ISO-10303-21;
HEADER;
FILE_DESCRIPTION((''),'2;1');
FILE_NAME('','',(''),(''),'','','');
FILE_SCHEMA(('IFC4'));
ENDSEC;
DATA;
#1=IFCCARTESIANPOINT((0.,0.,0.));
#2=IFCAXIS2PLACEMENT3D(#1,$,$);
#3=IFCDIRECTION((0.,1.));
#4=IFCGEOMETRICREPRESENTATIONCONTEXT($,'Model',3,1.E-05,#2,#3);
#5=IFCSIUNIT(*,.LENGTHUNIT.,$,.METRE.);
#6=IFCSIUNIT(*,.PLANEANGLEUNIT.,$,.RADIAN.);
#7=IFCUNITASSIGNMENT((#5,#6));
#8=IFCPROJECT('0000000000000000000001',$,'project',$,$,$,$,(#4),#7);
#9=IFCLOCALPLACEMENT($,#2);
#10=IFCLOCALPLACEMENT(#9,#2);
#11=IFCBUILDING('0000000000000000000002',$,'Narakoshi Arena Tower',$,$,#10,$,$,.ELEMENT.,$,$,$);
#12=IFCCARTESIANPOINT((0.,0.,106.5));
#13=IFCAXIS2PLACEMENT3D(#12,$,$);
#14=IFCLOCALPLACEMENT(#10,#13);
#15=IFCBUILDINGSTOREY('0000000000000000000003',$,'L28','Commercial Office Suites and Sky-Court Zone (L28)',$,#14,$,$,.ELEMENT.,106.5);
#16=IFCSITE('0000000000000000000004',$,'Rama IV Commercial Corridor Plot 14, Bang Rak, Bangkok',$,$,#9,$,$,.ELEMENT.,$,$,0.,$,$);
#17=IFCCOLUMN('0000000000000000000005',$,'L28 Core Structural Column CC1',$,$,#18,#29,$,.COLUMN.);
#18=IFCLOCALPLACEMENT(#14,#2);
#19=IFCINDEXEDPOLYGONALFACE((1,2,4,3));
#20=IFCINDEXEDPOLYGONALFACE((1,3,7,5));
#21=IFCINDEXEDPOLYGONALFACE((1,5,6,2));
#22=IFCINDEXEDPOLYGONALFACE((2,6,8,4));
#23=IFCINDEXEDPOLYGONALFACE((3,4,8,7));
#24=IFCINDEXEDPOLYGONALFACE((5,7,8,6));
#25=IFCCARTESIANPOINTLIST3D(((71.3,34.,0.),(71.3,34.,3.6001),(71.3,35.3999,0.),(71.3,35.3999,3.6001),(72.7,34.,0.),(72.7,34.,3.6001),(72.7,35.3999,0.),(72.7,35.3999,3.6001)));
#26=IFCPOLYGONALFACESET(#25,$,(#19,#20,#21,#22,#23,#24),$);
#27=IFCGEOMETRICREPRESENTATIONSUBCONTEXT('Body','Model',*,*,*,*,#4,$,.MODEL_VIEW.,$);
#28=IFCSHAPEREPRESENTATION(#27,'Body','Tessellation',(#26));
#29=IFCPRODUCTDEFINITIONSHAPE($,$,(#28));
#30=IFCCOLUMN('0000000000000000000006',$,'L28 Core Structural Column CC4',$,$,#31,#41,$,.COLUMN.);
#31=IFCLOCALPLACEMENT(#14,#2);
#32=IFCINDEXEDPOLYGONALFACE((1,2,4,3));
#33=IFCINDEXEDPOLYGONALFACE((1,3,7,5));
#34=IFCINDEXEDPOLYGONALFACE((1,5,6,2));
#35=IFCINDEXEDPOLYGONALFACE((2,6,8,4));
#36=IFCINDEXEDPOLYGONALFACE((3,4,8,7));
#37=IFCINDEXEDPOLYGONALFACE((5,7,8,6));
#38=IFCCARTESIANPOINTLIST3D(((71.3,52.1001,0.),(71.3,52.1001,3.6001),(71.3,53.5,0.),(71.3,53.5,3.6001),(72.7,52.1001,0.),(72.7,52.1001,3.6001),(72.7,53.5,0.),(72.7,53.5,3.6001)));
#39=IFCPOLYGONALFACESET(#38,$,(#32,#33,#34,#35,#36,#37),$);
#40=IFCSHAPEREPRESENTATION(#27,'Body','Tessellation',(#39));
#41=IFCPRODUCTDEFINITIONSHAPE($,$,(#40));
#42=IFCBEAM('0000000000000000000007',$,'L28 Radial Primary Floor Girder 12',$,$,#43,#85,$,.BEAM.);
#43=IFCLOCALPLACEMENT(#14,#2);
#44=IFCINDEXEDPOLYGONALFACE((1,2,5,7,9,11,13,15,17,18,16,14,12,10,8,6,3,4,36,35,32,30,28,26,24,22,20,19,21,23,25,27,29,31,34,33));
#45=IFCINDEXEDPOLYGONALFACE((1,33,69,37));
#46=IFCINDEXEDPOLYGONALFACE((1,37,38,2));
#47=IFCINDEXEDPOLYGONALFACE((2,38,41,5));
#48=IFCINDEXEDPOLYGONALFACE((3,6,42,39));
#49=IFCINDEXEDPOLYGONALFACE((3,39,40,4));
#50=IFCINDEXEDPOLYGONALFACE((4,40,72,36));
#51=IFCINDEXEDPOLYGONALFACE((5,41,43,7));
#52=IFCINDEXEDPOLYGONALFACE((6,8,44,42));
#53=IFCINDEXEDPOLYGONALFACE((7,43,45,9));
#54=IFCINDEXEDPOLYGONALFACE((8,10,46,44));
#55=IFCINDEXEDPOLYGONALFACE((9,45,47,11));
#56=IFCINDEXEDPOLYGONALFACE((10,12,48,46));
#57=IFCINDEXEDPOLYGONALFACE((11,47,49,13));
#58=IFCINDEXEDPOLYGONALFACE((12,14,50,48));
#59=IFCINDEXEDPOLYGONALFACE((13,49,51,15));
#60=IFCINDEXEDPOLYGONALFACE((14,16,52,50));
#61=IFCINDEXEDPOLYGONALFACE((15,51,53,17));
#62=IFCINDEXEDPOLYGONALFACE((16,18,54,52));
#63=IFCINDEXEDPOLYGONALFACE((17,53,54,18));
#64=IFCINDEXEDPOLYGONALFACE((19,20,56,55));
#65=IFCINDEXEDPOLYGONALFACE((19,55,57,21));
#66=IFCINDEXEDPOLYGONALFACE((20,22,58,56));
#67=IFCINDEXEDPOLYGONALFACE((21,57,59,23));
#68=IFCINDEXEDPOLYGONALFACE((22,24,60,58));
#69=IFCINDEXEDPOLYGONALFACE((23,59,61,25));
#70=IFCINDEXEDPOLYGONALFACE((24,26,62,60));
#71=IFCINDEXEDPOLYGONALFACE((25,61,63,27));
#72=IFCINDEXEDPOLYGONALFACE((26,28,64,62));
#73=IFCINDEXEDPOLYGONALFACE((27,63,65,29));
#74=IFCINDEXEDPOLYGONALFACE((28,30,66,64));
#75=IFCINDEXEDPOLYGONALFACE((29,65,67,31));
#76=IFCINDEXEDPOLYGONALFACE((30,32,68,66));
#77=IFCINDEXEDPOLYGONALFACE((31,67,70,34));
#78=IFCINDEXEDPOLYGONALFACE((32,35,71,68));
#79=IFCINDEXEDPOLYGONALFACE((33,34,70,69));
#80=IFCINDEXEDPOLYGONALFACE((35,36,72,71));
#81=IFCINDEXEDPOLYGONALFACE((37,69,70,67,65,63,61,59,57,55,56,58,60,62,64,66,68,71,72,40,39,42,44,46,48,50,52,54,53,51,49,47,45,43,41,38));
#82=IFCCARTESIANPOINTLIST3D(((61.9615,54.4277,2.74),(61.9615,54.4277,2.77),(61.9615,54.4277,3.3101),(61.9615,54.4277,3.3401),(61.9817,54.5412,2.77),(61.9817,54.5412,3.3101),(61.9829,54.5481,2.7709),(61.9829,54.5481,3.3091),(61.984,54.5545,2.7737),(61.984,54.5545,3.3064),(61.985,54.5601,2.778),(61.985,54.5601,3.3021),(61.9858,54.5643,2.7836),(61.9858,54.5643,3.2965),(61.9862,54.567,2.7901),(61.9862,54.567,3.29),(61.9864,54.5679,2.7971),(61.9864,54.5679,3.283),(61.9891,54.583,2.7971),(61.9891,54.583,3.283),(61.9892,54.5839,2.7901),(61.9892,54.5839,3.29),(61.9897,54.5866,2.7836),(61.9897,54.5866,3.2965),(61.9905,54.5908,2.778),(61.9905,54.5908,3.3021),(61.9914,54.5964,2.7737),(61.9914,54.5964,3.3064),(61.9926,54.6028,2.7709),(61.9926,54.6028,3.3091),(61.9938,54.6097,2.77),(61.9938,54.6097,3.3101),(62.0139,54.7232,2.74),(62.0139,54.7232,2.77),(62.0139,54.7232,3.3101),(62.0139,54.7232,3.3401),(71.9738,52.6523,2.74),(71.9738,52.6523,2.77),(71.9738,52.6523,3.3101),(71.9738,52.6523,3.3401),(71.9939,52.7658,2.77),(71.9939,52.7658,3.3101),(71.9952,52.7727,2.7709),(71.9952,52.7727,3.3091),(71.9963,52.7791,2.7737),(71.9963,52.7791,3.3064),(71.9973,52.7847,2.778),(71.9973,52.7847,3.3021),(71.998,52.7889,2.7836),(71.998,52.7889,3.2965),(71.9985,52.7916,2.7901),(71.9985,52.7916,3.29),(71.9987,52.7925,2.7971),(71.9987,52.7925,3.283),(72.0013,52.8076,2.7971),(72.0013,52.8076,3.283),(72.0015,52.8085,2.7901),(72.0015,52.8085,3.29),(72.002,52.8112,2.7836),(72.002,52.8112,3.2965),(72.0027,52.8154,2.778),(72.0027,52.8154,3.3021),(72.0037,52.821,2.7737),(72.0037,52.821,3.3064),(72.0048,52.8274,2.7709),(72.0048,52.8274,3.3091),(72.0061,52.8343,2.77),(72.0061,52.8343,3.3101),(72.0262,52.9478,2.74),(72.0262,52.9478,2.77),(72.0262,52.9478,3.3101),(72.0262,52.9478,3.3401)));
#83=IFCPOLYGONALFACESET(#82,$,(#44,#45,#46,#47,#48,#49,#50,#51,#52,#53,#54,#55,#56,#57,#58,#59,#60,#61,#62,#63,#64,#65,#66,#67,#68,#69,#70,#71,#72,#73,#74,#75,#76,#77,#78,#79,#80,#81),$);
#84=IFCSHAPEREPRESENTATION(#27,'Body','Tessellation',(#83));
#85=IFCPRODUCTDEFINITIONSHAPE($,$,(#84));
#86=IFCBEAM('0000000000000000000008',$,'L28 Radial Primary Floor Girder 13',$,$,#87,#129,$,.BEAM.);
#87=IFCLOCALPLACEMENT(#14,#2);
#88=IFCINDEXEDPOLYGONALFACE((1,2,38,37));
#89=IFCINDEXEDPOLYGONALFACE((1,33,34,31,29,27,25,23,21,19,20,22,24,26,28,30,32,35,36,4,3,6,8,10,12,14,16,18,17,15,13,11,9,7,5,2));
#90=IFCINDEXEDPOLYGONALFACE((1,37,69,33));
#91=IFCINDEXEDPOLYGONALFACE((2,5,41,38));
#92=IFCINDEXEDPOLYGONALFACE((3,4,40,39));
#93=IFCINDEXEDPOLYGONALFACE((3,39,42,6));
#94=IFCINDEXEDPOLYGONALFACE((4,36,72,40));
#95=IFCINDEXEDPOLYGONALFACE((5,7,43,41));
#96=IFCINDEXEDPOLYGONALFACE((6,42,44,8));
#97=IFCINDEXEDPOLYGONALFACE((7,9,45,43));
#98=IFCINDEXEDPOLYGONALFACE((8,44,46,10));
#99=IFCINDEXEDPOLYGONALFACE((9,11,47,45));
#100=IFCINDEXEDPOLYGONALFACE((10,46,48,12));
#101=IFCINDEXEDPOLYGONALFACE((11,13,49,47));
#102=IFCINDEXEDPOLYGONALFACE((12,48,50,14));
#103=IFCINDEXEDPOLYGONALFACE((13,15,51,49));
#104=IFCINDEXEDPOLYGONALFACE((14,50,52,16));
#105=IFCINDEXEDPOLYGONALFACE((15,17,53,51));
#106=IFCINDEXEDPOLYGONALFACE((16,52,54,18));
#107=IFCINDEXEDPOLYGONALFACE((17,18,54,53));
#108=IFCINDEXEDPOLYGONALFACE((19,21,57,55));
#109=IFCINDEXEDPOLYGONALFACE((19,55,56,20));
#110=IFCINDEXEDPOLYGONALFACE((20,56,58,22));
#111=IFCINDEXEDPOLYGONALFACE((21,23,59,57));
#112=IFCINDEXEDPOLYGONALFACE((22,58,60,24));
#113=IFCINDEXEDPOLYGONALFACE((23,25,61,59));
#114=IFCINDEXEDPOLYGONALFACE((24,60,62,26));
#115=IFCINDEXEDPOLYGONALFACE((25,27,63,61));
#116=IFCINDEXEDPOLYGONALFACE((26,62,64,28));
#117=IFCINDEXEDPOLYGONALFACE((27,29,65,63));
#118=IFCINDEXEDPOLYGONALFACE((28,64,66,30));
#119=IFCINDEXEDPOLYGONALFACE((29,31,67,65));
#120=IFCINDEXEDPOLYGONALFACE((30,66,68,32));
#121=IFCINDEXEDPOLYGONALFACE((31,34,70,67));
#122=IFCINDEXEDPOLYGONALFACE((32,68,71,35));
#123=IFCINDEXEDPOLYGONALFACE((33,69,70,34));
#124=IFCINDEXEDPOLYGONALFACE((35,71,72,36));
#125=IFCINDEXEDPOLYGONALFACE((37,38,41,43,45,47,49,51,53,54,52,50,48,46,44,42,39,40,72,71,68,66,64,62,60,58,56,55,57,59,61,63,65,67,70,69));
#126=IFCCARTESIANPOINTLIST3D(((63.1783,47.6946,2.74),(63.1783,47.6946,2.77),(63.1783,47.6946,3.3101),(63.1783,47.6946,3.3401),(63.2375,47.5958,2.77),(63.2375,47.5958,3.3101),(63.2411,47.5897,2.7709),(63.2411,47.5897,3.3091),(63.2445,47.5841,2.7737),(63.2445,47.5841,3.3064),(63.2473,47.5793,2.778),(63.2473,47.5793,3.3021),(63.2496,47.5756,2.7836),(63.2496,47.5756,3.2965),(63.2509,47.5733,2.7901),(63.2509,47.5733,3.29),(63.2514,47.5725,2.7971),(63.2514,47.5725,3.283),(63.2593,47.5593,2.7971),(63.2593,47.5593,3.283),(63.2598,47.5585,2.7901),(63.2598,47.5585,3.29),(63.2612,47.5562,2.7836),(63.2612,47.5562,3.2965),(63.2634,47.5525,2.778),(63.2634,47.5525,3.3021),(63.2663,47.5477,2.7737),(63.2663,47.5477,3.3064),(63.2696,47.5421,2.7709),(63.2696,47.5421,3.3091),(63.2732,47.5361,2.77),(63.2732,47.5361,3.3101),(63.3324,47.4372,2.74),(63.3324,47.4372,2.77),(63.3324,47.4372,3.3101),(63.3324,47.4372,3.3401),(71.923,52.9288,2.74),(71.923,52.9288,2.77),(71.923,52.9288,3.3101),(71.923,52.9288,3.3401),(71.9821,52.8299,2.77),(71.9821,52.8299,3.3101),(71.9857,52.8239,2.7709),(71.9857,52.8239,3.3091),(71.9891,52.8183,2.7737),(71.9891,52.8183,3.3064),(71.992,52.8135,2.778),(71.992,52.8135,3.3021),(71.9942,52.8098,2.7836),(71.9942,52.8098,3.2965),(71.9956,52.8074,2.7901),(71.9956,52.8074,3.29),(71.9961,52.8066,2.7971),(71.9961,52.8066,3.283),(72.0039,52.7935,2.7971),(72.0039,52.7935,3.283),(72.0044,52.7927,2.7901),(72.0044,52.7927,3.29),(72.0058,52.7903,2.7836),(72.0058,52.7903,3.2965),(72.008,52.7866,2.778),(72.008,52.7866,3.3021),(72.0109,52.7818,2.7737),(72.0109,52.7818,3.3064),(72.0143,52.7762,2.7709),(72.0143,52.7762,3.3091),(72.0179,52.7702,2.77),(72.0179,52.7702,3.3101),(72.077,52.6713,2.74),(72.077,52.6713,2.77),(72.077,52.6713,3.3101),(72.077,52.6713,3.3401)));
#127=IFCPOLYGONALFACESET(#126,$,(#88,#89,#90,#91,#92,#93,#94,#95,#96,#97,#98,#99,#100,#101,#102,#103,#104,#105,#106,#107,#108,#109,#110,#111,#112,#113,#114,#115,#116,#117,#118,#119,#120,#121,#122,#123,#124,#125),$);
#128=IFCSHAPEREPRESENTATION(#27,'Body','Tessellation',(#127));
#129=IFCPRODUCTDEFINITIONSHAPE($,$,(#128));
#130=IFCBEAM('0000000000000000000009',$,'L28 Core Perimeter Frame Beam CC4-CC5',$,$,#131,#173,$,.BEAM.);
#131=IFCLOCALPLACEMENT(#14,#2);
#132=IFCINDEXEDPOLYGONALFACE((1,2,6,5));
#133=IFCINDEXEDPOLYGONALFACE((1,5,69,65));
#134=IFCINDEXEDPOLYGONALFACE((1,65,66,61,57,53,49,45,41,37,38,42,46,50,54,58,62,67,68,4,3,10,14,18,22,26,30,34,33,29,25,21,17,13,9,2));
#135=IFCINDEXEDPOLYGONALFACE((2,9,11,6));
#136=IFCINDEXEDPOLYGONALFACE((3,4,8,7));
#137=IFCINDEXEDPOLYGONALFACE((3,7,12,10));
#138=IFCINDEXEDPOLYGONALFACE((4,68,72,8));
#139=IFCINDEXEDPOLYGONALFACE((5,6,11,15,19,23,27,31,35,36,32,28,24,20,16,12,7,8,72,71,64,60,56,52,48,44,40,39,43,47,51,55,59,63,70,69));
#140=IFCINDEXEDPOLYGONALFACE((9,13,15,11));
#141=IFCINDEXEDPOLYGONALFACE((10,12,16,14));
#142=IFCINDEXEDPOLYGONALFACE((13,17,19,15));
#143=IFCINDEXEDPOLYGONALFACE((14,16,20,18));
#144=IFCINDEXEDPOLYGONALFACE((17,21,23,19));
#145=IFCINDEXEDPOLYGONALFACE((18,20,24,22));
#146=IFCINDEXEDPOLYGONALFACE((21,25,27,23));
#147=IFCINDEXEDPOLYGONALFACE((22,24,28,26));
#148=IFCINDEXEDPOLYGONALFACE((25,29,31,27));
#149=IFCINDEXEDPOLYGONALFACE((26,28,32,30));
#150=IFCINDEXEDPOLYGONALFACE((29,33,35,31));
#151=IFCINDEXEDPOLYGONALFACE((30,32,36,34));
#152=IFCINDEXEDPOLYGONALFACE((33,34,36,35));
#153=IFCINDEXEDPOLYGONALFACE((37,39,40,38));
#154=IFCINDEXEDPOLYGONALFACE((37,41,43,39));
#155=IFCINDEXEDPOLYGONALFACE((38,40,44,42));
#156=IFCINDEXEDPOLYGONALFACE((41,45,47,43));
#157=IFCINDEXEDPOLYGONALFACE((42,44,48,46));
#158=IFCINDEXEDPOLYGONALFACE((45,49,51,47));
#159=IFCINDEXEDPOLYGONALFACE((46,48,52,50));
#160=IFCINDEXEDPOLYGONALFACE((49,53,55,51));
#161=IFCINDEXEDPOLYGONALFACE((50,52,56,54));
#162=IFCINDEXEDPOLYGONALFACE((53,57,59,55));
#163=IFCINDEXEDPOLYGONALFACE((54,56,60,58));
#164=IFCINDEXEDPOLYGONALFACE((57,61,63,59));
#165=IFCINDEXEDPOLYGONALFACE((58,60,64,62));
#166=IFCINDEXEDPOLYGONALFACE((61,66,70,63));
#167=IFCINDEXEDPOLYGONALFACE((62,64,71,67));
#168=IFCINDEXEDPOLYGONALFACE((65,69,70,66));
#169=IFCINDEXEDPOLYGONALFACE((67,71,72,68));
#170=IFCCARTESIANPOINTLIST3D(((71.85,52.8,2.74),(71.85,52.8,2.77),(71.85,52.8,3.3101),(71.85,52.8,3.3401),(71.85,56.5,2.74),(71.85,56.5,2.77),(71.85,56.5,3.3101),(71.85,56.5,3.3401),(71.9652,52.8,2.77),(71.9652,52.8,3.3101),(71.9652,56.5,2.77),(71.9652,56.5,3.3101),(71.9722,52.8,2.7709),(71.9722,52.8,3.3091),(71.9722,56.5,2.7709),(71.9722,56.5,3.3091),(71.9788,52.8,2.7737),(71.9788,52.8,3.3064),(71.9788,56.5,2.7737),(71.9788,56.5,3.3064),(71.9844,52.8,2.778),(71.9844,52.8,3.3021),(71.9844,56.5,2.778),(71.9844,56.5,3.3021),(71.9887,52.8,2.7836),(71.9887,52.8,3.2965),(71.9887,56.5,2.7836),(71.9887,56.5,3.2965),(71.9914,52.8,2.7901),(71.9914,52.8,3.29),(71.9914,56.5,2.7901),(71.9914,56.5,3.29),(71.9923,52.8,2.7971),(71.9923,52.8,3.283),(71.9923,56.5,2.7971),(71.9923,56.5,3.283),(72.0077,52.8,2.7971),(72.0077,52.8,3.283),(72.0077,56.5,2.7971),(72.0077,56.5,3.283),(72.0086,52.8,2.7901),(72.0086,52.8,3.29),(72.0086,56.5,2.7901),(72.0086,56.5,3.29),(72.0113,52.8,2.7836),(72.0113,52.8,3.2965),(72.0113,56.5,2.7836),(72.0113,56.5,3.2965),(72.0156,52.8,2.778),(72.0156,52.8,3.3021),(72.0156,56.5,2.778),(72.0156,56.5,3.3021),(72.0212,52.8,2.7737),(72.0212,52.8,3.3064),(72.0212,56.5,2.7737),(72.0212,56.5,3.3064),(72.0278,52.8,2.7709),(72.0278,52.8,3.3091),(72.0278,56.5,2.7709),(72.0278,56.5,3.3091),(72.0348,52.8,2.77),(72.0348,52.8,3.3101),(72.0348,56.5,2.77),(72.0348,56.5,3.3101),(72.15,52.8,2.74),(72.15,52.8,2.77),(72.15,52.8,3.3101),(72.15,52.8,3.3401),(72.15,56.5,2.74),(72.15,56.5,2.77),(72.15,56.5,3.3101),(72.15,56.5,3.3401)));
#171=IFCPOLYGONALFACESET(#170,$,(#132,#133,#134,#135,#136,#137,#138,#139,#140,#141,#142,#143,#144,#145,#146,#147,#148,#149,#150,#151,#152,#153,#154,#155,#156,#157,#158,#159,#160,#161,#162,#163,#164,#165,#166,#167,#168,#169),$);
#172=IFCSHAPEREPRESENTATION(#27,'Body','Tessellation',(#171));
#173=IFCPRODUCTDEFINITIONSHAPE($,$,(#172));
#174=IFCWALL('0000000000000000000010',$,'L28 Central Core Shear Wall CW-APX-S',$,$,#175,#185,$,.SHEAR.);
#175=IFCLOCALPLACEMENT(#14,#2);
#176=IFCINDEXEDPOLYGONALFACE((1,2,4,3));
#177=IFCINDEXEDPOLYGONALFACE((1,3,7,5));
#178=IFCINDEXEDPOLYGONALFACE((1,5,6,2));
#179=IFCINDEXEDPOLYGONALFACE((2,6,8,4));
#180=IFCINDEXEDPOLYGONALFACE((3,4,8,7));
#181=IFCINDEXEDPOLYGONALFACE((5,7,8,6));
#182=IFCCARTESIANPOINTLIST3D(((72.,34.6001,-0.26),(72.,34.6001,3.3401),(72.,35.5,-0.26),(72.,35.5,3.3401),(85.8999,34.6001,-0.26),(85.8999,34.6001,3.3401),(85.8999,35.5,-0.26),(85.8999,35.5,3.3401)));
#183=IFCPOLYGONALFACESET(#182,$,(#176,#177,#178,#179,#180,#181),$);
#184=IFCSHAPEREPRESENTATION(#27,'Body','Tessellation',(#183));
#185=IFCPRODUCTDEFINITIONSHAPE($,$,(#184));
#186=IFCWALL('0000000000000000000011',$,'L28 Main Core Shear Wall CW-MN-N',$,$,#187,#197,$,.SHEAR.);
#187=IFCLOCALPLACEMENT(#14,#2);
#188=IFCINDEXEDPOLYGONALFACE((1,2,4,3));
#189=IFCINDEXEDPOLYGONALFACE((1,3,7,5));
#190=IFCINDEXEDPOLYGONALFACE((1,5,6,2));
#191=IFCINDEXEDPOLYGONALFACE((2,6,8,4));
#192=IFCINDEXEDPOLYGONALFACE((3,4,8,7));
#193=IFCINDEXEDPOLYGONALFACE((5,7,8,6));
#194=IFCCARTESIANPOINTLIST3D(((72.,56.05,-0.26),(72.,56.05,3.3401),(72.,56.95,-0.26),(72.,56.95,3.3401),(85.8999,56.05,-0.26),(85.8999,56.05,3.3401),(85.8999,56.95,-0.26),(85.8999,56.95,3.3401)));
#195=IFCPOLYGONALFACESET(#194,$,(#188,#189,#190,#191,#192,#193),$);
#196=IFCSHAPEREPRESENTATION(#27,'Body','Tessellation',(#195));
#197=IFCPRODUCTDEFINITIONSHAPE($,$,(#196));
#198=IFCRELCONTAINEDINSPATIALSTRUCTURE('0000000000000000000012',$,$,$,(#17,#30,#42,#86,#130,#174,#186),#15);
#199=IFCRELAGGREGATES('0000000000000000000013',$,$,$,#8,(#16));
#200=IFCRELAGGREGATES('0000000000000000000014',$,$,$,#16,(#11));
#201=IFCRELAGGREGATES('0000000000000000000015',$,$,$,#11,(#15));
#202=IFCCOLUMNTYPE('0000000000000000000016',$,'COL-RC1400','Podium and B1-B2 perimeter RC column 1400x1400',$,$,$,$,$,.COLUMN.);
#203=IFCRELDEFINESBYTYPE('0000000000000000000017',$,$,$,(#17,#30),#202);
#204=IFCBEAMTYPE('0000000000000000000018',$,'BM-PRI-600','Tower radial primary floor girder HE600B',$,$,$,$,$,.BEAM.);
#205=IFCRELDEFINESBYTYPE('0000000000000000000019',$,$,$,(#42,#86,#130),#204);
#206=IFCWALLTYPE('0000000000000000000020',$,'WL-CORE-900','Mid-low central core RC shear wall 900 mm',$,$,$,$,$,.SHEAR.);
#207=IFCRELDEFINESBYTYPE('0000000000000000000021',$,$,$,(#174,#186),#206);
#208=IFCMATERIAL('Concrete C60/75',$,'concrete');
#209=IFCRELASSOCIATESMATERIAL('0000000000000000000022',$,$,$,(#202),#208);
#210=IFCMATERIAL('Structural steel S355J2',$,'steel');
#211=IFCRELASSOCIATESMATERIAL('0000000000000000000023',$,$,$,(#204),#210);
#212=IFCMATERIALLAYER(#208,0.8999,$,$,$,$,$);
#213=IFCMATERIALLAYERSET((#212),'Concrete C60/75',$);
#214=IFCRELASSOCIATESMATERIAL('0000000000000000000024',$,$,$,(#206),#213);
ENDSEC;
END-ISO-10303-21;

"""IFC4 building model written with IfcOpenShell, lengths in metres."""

from ifc_helpers import new_model, si_unit, direction, frame, frame_2d, origin, origin_2d, place, context, subcontext, project, spatial, rectangle, i_section, extrude, material, layer, layer_set, material_profile, profile_set, type_object, element, save


model = new_model("IFC4")

# Units and contexts
model_context = context("Model", 3, precision=1e-05, world=origin(), true_north=direction((0.0, 1.0)))
body_context = subcontext(model_context, "Body", "Model", "MODEL_VIEW")
ifc_project = project(units=[si_unit("LENGTHUNIT", "METRE"), si_unit("PLANEANGLEUNIT", "RADIAN")], contexts=[model_context])

# Site, building, storey
site_placement = place(None, origin())
site = spatial("IfcSite", under=ifc_project, at=site_placement, Name="Rama IV Commercial Corridor Plot 14, Bang Rak, Bangkok", CompositionType="ELEMENT", RefElevation=0.0)
building_placement = place(site_placement, origin())
building = spatial("IfcBuilding", under=site, at=building_placement, Name="Narakoshi Arena Tower", CompositionType="ELEMENT")
storey_placement = place(building_placement, frame((0.0, 0.0, 106.5)))
storey = spatial("IfcBuildingStorey", under=building, at=storey_placement, Name="L28", Description="Commercial Office Suites and Sky-Court Zone (L28)", CompositionType="ELEMENT", Elevation=106.5)

# Columns
ifc_material_1 = material(Name="Concrete C60/75", Category="concrete")
ifc_material_profile_1 = material_profile(ifc_material_1, rectangle(XDim=1.3999, YDim=1.3999, at=origin_2d()), Name="RC1400x1400")
ifc_profile_set_1 = profile_set([ifc_material_profile_1], Name="Concrete C60/75")
column_type = type_object("IfcColumnType", Name="COL-RC1400", Description="Podium and B1-B2 perimeter RC column 1400x1400", PredefinedType="COLUMN", material=ifc_profile_set_1)
for number, where, z_axis, x_axis, name in (
    (1, (72.0, 34.7, 0.0), (0.0, 0.0, 1.0), (1.0, 0.0, 0.0), "L28 Core Structural Column CC1"),
    (2, (72.0, 52.8, 0.0), (0.0, 0.0, 1.0), (1.0, 0.0, 0.0), "L28 Core Structural Column CC4"),
):
    element("IfcColumn", number, at=place(storey_placement, frame(where, z_axis=z_axis, x_axis=x_axis)), inside=storey, type_object=column_type, Name=name, PredefinedType="COLUMN", context=body_context, shape_type="SweptSolid", body=[
        extrude(rectangle(XDim=1.3999, YDim=1.3999, at=origin_2d()), origin(), (0.0, 0.0, 1.0), 3.6001),
    ])

# Beams
ifc_material_2 = material(Name="Structural steel S355J2", Category="steel")
ifc_material_profile_2 = material_profile(ifc_material_2, i_section(OverallWidth=0.3, OverallDepth=0.6001, WebThickness=0.0154, FlangeThickness=0.03, FilletRadius=0.0271, at=origin_2d()), Name="HE600B")
ifc_profile_set_2 = profile_set([ifc_material_profile_2], Name="Structural steel S355J2")
beam_type = type_object("IfcBeamType", Name="BM-PRI-600", Description="Tower radial primary floor girder HE600B", PredefinedType="BEAM", material=ifc_profile_set_2)
beam_1_placement = place(storey_placement, frame((72.0, 52.8, 3.04), z_axis=(-0.98464, 0.174599, 0.0), x_axis=(-0.174599, -0.98464, 0.0)))
element("IfcBeam", 3, at=beam_1_placement, inside=storey, type_object=beam_type, Name="L28 Radial Primary Floor Girder 12", PredefinedType="BEAM", context=body_context, shape_type="SweptSolid", body=[
    extrude(i_section(OverallWidth=0.3, OverallDepth=0.6001, WebThickness=0.0154, FlangeThickness=0.03, FilletRadius=0.0271, at=origin_2d()), origin(), (0.0, 0.0, 1.0), 10.1685),
])
beam_2_placement = place(storey_placement, frame((72.0, 52.8, 3.04), z_axis=(-0.85804, -0.513583, 0.0), x_axis=(0.513583, -0.85804, 0.0)))
element("IfcBeam", 4, at=beam_2_placement, inside=storey, type_object=beam_type, Name="L28 Radial Primary Floor Girder 13", PredefinedType="BEAM", context=body_context, shape_type="SweptSolid", body=[
    extrude(i_section(OverallWidth=0.3, OverallDepth=0.6001, WebThickness=0.0154, FlangeThickness=0.03, FilletRadius=0.0271, at=origin_2d()), origin(), (0.0, 0.0, 1.0), 10.1914),
])
beam_3_placement = place(storey_placement, frame((72.0, 52.8, 3.04), z_axis=(0.0, 1.0, 0.0), x_axis=(-1.0, 0.0, 0.0)))
element("IfcBeam", 5, at=beam_3_placement, inside=storey, type_object=beam_type, Name="L28 Core Perimeter Frame Beam CC4-CC5", PredefinedType="BEAM", context=body_context, shape_type="SweptSolid", body=[
    extrude(i_section(OverallWidth=0.3, OverallDepth=0.6001, WebThickness=0.0154, FlangeThickness=0.03, FilletRadius=0.0271, at=origin_2d()), origin(), (0.0, 0.0, 1.0), 3.7),
])

# Walls
ifc_layer_1 = layer(ifc_material_1, 0.8999)
ifc_layer_set_1 = layer_set([ifc_layer_1], Name="Concrete C60/75")
wall_type_1 = type_object("IfcWallType", Name="WL-CORE-900", Description="Mid-low central core RC shear wall 900 mm", PredefinedType="SHEAR", material=ifc_layer_set_1)
for number, where, z_axis, x_axis, name in (
    (6, (72.0, 35.05, -0.26), (0.0, 0.0, 1.0), (1.0, 0.0, 0.0), "L28 Central Core Shear Wall CW-APX-S"),
    (7, (72.0, 56.5, -0.26), (0.0, 0.0, 1.0), (1.0, 0.0, 0.0), "L28 Main Core Shear Wall CW-MN-N"),
):
    element("IfcWall", number, at=place(storey_placement, frame(where, z_axis=z_axis, x_axis=x_axis)), inside=storey, type_object=wall_type_1, Name=name, PredefinedType="SHEAR", context=body_context, shape_type="SweptSolid", body=[
        extrude(rectangle(XDim=13.8999, YDim=0.8999, at=frame_2d((6.95, 0.0))), origin(), (0.0, 0.0, 1.0), 3.6001),
    ])

save(model, "model.ifc")
